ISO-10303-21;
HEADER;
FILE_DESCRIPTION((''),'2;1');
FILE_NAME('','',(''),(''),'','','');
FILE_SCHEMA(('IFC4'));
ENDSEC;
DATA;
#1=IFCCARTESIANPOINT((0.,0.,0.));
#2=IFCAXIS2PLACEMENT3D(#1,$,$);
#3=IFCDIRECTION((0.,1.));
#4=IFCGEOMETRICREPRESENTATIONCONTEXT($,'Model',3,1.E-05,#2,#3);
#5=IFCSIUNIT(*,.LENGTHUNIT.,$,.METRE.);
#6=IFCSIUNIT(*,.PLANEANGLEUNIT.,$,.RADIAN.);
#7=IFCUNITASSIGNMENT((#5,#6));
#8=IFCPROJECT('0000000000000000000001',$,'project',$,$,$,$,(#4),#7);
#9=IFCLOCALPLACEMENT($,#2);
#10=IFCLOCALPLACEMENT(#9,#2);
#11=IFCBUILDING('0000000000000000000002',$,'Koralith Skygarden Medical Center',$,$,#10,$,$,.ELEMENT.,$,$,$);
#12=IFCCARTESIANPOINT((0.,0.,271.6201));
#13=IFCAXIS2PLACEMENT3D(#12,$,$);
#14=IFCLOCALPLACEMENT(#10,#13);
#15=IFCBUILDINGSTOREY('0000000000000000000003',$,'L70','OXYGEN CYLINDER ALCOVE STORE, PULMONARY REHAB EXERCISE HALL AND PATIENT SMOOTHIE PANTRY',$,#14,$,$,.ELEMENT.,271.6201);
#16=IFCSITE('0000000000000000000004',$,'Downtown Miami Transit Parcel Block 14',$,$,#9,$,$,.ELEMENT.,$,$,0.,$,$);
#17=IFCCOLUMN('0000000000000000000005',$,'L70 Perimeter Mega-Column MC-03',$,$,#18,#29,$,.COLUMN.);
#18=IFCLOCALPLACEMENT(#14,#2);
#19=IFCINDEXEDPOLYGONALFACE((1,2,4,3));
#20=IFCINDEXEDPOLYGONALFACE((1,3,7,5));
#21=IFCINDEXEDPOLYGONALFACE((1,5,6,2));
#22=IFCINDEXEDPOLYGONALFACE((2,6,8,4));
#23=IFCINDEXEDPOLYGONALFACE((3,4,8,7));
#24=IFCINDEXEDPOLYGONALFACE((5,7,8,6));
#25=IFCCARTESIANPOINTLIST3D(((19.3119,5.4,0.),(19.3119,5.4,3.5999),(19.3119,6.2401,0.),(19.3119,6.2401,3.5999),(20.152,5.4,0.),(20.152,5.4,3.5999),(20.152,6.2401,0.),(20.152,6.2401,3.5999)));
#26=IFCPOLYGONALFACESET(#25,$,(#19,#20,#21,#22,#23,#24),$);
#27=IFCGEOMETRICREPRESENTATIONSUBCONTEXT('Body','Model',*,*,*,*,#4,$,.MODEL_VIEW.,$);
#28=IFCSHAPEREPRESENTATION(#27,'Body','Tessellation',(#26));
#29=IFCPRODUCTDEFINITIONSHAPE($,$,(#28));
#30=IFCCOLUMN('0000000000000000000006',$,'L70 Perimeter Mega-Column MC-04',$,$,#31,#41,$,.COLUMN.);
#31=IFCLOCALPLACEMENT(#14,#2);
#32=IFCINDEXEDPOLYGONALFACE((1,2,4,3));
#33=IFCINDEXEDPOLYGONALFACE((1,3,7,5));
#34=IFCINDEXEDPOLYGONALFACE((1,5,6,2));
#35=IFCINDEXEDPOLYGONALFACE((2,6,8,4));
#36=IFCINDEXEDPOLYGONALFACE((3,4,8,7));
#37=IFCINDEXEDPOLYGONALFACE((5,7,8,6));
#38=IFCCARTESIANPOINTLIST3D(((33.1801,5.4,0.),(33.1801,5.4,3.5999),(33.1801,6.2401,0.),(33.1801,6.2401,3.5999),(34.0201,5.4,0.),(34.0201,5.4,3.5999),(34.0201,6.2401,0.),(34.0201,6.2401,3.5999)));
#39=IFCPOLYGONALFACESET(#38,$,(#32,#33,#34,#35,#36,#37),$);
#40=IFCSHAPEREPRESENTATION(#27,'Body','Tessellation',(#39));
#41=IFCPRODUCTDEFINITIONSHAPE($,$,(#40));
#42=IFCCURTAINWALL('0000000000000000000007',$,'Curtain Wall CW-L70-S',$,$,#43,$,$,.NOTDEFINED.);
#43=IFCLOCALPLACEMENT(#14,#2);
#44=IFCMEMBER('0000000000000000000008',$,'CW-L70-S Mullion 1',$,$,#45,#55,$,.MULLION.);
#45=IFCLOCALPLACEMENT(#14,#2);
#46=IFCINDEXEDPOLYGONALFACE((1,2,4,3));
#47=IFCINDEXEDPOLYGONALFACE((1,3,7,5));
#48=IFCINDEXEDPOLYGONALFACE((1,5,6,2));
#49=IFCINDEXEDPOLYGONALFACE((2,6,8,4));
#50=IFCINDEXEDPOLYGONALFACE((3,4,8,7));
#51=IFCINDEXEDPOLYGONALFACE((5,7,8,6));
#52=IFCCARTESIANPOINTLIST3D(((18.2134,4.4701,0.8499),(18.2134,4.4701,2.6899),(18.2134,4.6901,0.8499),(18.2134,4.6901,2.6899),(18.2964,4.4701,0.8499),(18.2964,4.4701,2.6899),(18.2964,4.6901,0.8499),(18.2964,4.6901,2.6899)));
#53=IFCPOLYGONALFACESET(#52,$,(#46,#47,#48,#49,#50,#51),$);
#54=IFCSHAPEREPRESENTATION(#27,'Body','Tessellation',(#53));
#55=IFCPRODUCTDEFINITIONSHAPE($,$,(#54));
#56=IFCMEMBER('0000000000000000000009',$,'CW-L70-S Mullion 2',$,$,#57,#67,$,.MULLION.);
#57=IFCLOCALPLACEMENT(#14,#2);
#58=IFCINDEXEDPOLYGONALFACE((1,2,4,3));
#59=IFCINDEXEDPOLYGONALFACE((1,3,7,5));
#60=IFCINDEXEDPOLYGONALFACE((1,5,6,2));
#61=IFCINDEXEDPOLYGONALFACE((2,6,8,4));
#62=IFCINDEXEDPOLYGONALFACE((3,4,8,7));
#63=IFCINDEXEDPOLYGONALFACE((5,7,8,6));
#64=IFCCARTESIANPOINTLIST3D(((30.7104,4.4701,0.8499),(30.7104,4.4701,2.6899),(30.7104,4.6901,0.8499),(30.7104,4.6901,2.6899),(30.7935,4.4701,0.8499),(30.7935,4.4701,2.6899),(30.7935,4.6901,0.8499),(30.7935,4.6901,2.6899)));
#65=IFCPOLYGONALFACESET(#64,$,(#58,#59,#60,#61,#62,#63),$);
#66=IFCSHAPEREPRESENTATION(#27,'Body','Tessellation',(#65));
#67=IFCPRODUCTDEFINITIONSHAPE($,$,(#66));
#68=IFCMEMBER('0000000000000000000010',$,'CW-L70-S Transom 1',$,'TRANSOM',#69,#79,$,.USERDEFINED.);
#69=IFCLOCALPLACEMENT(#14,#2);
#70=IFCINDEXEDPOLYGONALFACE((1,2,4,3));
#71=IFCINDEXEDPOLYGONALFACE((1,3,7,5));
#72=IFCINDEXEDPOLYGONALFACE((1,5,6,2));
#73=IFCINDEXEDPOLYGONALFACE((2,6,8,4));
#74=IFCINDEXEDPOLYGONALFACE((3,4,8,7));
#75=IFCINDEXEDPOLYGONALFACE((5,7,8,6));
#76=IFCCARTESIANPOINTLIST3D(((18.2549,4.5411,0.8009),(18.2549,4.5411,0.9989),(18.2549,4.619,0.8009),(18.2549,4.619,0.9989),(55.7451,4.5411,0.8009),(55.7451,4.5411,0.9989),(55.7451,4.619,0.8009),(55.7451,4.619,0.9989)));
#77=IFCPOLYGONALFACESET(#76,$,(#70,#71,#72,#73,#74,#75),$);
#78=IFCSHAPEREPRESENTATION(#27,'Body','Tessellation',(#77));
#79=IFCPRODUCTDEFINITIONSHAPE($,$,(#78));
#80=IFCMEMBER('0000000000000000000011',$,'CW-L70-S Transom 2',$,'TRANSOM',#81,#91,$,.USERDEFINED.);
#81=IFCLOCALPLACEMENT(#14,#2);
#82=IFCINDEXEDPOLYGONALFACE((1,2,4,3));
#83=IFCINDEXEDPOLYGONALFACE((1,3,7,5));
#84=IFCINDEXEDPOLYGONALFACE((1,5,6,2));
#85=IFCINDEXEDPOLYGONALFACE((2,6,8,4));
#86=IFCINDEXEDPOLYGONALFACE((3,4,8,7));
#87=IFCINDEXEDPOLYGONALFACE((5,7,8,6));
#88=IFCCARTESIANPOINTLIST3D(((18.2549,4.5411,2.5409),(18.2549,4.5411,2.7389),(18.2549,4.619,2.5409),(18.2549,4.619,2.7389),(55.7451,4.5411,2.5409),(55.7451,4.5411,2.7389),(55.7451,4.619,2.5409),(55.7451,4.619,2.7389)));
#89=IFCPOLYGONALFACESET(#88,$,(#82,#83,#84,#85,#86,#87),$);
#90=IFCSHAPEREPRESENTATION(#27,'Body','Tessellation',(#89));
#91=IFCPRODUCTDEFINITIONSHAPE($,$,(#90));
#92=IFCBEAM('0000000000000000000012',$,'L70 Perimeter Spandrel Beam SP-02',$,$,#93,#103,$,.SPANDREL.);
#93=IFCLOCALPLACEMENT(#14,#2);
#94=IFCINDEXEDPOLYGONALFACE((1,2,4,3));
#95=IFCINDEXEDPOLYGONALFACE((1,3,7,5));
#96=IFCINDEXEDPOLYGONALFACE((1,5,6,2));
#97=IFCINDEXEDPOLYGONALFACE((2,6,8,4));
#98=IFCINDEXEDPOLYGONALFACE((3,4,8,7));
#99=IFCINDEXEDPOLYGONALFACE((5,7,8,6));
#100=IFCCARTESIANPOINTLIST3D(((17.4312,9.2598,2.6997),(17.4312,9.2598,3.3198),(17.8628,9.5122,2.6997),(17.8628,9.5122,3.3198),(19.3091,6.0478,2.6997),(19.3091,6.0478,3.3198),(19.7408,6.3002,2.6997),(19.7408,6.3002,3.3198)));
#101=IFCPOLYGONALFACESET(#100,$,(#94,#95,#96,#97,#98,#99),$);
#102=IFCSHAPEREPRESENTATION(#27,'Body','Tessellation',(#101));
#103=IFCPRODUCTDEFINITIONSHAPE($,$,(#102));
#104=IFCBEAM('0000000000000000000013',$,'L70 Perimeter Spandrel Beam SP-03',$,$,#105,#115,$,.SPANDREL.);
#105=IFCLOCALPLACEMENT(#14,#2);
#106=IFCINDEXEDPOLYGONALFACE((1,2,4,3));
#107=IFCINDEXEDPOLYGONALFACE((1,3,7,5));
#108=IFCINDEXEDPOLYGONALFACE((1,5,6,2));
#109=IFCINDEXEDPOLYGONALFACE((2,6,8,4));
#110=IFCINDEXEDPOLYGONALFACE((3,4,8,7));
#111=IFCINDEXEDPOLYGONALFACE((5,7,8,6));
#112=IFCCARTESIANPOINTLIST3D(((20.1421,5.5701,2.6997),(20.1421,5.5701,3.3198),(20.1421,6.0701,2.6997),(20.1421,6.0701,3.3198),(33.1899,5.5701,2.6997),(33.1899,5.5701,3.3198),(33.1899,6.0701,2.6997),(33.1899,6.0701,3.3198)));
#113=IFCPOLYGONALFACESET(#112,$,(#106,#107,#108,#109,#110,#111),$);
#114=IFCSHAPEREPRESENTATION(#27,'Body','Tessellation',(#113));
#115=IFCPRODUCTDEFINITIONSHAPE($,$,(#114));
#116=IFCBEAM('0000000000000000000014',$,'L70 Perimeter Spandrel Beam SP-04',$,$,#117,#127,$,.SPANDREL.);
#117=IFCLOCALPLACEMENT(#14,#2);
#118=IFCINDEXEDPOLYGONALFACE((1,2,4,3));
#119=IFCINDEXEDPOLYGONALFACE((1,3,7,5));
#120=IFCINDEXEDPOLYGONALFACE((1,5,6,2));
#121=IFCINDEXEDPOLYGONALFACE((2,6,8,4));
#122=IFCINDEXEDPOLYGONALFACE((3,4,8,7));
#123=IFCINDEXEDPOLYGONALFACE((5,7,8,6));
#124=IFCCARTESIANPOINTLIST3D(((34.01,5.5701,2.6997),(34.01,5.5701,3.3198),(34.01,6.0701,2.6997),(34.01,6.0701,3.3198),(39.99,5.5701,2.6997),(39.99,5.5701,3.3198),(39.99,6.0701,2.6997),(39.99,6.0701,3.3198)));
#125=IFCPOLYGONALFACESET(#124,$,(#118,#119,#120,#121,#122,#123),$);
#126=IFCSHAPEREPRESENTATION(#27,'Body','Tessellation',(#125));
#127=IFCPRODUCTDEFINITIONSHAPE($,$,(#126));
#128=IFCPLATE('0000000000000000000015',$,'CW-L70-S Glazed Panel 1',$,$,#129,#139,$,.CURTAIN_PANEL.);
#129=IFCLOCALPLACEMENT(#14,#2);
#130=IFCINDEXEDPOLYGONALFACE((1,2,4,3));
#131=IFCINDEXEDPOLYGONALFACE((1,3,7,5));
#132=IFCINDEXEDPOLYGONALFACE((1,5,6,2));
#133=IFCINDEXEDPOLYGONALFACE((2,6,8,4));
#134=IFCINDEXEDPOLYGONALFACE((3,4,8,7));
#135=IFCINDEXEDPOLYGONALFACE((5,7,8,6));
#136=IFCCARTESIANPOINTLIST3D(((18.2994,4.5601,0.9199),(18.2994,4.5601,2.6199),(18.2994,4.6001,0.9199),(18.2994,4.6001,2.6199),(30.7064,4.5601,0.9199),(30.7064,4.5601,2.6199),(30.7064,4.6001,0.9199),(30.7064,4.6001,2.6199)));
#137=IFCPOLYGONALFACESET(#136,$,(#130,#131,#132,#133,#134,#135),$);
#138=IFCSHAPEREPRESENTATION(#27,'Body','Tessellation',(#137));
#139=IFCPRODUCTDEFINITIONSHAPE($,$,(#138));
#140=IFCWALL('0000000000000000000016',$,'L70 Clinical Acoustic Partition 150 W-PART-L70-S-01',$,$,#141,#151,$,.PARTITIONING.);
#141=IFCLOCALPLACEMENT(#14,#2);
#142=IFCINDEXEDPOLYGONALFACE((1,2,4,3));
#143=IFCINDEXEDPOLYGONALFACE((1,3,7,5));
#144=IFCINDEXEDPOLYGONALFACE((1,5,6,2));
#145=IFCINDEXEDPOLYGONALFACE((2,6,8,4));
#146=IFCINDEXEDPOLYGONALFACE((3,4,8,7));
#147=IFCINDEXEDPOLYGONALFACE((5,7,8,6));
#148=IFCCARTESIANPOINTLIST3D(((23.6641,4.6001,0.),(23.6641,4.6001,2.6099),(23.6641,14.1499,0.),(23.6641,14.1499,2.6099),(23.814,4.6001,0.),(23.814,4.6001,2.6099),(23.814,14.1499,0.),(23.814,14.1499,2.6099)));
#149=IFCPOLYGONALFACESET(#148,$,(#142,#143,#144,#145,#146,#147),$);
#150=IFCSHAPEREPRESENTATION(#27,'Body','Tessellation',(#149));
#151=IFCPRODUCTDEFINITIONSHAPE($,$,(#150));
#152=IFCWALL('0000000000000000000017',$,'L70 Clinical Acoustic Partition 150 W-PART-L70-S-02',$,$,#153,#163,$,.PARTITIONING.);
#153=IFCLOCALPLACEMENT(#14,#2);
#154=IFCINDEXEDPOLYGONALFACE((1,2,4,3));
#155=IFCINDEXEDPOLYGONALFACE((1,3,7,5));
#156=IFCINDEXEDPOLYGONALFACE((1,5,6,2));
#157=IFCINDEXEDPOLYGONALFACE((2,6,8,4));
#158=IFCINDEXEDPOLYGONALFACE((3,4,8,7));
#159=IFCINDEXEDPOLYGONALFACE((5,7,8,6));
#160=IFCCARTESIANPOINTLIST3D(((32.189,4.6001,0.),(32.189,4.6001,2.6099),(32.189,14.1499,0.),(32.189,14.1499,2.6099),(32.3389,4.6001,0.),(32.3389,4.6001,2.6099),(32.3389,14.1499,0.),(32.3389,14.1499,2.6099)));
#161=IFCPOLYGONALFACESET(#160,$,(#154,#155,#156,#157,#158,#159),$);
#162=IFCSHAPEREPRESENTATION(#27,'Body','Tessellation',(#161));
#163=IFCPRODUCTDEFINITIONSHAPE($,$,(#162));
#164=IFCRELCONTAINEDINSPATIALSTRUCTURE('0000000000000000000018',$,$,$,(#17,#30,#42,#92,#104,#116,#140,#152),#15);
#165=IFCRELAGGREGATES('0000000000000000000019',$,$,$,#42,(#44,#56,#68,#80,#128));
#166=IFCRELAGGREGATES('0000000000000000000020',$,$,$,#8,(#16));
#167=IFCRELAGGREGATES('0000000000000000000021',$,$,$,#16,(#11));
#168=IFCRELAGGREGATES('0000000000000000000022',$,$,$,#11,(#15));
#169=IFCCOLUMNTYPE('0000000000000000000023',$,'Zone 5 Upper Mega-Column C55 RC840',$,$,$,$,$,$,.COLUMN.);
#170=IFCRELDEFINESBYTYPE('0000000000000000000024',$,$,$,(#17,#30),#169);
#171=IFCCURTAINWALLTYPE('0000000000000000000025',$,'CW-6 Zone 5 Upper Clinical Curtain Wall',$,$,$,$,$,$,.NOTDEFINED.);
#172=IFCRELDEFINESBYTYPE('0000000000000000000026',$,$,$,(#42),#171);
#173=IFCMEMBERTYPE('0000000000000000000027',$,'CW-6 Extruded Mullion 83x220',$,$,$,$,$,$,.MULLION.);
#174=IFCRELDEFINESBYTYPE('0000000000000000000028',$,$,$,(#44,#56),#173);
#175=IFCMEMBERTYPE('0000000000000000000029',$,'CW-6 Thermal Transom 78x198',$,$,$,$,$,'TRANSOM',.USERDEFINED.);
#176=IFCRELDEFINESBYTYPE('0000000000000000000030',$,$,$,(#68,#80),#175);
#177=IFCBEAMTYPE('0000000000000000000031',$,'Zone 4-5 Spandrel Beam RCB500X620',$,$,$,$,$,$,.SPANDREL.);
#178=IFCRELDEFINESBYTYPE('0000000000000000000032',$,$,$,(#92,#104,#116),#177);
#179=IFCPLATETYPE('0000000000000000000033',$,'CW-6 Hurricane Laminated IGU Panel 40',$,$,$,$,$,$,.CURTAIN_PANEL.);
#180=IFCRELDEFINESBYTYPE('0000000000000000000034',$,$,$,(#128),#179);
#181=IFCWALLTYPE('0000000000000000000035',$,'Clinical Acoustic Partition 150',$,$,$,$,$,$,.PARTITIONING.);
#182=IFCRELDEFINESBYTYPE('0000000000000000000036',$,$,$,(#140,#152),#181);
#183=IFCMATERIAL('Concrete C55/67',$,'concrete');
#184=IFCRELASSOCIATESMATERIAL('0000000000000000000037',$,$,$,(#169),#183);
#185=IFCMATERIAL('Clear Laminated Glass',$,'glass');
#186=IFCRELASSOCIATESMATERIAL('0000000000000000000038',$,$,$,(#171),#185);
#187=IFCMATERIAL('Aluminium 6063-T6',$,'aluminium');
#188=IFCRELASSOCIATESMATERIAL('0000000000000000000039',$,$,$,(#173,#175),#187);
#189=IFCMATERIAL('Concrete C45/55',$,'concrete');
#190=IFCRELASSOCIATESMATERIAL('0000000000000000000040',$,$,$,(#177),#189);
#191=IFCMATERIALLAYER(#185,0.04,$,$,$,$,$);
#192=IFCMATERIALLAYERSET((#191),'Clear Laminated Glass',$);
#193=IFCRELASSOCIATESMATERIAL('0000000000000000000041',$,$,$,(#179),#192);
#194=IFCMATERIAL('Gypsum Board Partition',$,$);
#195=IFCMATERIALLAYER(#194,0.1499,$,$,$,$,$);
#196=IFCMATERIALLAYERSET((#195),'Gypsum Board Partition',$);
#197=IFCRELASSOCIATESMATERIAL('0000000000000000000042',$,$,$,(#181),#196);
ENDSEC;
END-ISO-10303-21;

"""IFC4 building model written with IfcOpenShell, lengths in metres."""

from ifc_helpers import new_model, si_unit, direction, frame, frame_2d, origin, origin_2d, place, context, subcontext, project, spatial, rectangle, extrude, material, layer, layer_set, material_profile, profile_set, type_object, element, aggregate, save


model = new_model("IFC4")

# Units and contexts
model_context = context("Model", 3, precision=1e-05, world=origin(), true_north=direction((0.0, 1.0)))
body_context = subcontext(model_context, "Body", "Model", "MODEL_VIEW")
ifc_project = project(units=[si_unit("LENGTHUNIT", "METRE"), si_unit("PLANEANGLEUNIT", "RADIAN")], contexts=[model_context])

# Site, building, storey
site_placement = place(None, origin())
site = spatial("IfcSite", under=ifc_project, at=site_placement, Name="Downtown Miami Transit Parcel Block 14", CompositionType="ELEMENT", RefElevation=0.0)
building_placement = place(site_placement, origin())
building = spatial("IfcBuilding", under=site, at=building_placement, Name="Koralith Skygarden Medical Center", CompositionType="ELEMENT")
storey_placement = place(building_placement, frame((0.0, 0.0, 271.6201)))
storey = spatial("IfcBuildingStorey", under=building, at=storey_placement, Name="L70", Description="OXYGEN CYLINDER ALCOVE STORE, PULMONARY REHAB EXERCISE HALL AND PATIENT SMOOTHIE PANTRY", CompositionType="ELEMENT", Elevation=271.6201)

# Columns
ifc_material_1 = material(Name="Concrete C55/67", Category="concrete")
ifc_material_profile_1 = material_profile(ifc_material_1, rectangle(XDim=0.8401, YDim=0.8401, at=origin_2d()), Name="RC840X840")
ifc_profile_set_1 = profile_set([ifc_material_profile_1], Name="Concrete C55/67")
column_type = type_object("IfcColumnType", Name="Zone 5 Upper Mega-Column C55 RC840", PredefinedType="COLUMN", material=ifc_profile_set_1)
for number, where, z_axis, x_axis, name in (
    (1, (19.7319, 5.8201, 0.0), (0.0, 0.0, 1.0), (1.0, 0.0, 0.0), "L70 Perimeter Mega-Column MC-03"),
    (2, (33.6001, 5.8201, 0.0), (0.0, 0.0, 1.0), (1.0, 0.0, 0.0), "L70 Perimeter Mega-Column MC-04"),
):
    element("IfcColumn", number, at=place(storey_placement, frame(where, z_axis=z_axis, x_axis=x_axis)), inside=storey, type_object=column_type, Name=name, PredefinedType="COLUMN", context=body_context, shape_type="SweptSolid", body=[
        extrude(rectangle(XDim=0.8401, YDim=0.8401, at=origin_2d()), origin(), (0.0, 0.0, 1.0), 3.5999),
    ])

# Curtain wall, members
ifc_material_2 = material(Name="Clear Laminated Glass", Category="glass")
curtain_wall_type = type_object("IfcCurtainWallType", Name="CW-6 Zone 5 Upper Clinical Curtain Wall", PredefinedType="NOTDEFINED", material=ifc_material_2)
curtain_wall_placement = place(storey_placement, origin())
curtain_wall = element("IfcCurtainWall", 3, at=curtain_wall_placement, inside=storey, type_object=curtain_wall_type, Name="Curtain Wall CW-L70-S", PredefinedType="NOTDEFINED")
ifc_material_3 = material(Name="Aluminium 6063-T6", Category="aluminium")
ifc_material_profile_2 = material_profile(ifc_material_3, rectangle(XDim=0.083, YDim=0.22, at=origin_2d()), Name="MUL83X220")
ifc_profile_set_2 = profile_set([ifc_material_profile_2], Name="Aluminium 6063-T6")
member_type_1 = type_object("IfcMemberType", Name="CW-6 Extruded Mullion 83x220", PredefinedType="MULLION", material=ifc_profile_set_2)
member_1_placement = place(storey_placement, frame((18.2549, 4.5801, 0.8499), z_axis=(0.0, 0.0, 1.0), x_axis=(1.0, 0.0, 0.0)))
member_1 = element("IfcMember", 4, at=member_1_placement, type_object=member_type_1, Name="CW-L70-S Mullion 1", PredefinedType="MULLION", context=body_context, shape_type="SweptSolid", body=[
    extrude(rectangle(XDim=0.083, YDim=0.22, at=origin_2d()), origin(), (0.0, 0.0, 1.0), 1.8401),
])
member_2_placement = place(storey_placement, frame((30.752, 4.5801, 0.8499), z_axis=(0.0, 0.0, 1.0), x_axis=(1.0, 0.0, 0.0)))
member_2 = element("IfcMember", 5, at=member_2_placement, type_object=member_type_1, Name="CW-L70-S Mullion 2", PredefinedType="MULLION", context=body_context, shape_type="SweptSolid", body=[
    extrude(rectangle(XDim=0.083, YDim=0.22, at=origin_2d()), origin(), (0.0, 0.0, 1.0), 1.8401),
])
ifc_material_profile_3 = material_profile(ifc_material_3, rectangle(XDim=0.0779, YDim=0.198, at=origin_2d()), Name="TRN78X198")
ifc_profile_set_3 = profile_set([ifc_material_profile_3], Name="Aluminium 6063-T6")
member_type_2 = type_object("IfcMemberType", Name="CW-6 Thermal Transom 78x198", ElementType="TRANSOM", PredefinedType="USERDEFINED", material=ifc_profile_set_3)
member_3_placement = place(storey_placement, frame((18.2549, 4.5801, 0.8999), z_axis=(1.0, 0.0, 0.0), x_axis=(0.0, 1.0, 0.0)))
member_3 = element("IfcMember", 6, at=member_3_placement, type_object=member_type_2, Name="CW-L70-S Transom 1", ObjectType="TRANSOM", PredefinedType="USERDEFINED", context=body_context, shape_type="SweptSolid", body=[
    extrude(rectangle(XDim=0.0779, YDim=0.198, at=origin_2d()), origin(), (0.0, 0.0, 1.0), 37.4902),
])
member_4_placement = place(storey_placement, frame((18.2549, 4.5801, 2.6399), z_axis=(1.0, 0.0, 0.0), x_axis=(0.0, 1.0, 0.0)))
member_4 = element("IfcMember", 7, at=member_4_placement, type_object=member_type_2, Name="CW-L70-S Transom 2", ObjectType="TRANSOM", PredefinedType="USERDEFINED", context=body_context, shape_type="SweptSolid", body=[
    extrude(rectangle(XDim=0.0779, YDim=0.198, at=origin_2d()), origin(), (0.0, 0.0, 1.0), 37.4902),
])

# Beams
ifc_material_4 = material(Name="Concrete C45/55", Category="concrete")
ifc_material_profile_4 = material_profile(ifc_material_4, rectangle(XDim=0.5, YDim=0.6201, at=origin_2d()), Name="RCB500X620")
ifc_profile_set_4 = profile_set([ifc_material_profile_4], Name="Concrete C45/55")
beam_type = type_object("IfcBeamType", Name="Zone 4-5 Spandrel Beam RCB500X620", PredefinedType="SPANDREL", material=ifc_profile_set_4)
beam_1_placement = place(storey_placement, frame((17.647, 9.386, 3.0098), z_axis=(0.504736, -0.863274, 0.0), x_axis=(0.863274, 0.504736, 0.0)))
element("IfcBeam", 8, at=beam_1_placement, inside=storey, type_object=beam_type, Name="L70 Perimeter Spandrel Beam SP-02", PredefinedType="SPANDREL", context=body_context, shape_type="SweptSolid", body=[
    extrude(rectangle(XDim=0.5, YDim=0.6201, at=origin_2d()), origin(), (0.0, 0.0, 1.0), 3.7207),
])
beam_2_placement = place(storey_placement, frame((20.1421, 5.8201, 3.0098), z_axis=(1.0, 0.0, 0.0), x_axis=(0.0, 1.0, 0.0)))
element("IfcBeam", 9, at=beam_2_placement, inside=storey, type_object=beam_type, Name="L70 Perimeter Spandrel Beam SP-03", PredefinedType="SPANDREL", context=body_context, shape_type="SweptSolid", body=[
    extrude(rectangle(XDim=0.5, YDim=0.6201, at=origin_2d()), origin(), (0.0, 0.0, 1.0), 13.0479),
])
beam_3_placement = place(storey_placement, frame((34.01, 5.8201, 3.0098), z_axis=(1.0, 0.0, 0.0), x_axis=(0.0, 1.0, 0.0)))
element("IfcBeam", 10, at=beam_3_placement, inside=storey, type_object=beam_type, Name="L70 Perimeter Spandrel Beam SP-04", PredefinedType="SPANDREL", context=body_context, shape_type="SweptSolid", body=[
    extrude(rectangle(XDim=0.5, YDim=0.6201, at=origin_2d()), origin(), (0.0, 0.0, 1.0), 5.98),
])

# Plate
ifc_layer_1 = layer(ifc_material_2, 0.04)
ifc_layer_set_1 = layer_set([ifc_layer_1], Name="Clear Laminated Glass")
plate_type = type_object("IfcPlateType", Name="CW-6 Hurricane Laminated IGU Panel 40", PredefinedType="CURTAIN_PANEL", material=ifc_layer_set_1)
plate_placement = place(storey_placement, frame((24.5029, 4.5801, 0.9199), z_axis=(0.0, 0.0, 1.0), x_axis=(1.0, 0.0, 0.0)))
plate = element("IfcPlate", 11, at=plate_placement, type_object=plate_type, Name="CW-L70-S Glazed Panel 1", PredefinedType="CURTAIN_PANEL", context=body_context, shape_type="SweptSolid", body=[
    extrude(rectangle(XDim=12.407, YDim=0.04, at=origin_2d()), origin(), (0.0, 0.0, 1.0), 1.7),
])
aggregate(curtain_wall, [member_1, member_2, member_3, member_4, plate])

# Walls
ifc_material_5 = material(Name="Gypsum Board Partition")
ifc_layer_2 = layer(ifc_material_5, 0.1499)
ifc_layer_set_2 = layer_set([ifc_layer_2], Name="Gypsum Board Partition")
wall_type_1 = type_object("IfcWallType", Name="Clinical Acoustic Partition 150", PredefinedType="PARTITIONING", material=ifc_layer_set_2)
for number, where, z_axis, x_axis, name in (
    (12, (23.739, 14.1499, 0.0), (0.0, 0.0, 1.0), (0.0, -1.0, 0.0), "L70 Clinical Acoustic Partition 150 W-PART-L70-S-01"),
    (13, (32.2639, 14.1499, 0.0), (0.0, 0.0, 1.0), (0.0, -1.0, 0.0), "L70 Clinical Acoustic Partition 150 W-PART-L70-S-02"),
):
    element("IfcWall", number, at=place(storey_placement, frame(where, z_axis=z_axis, x_axis=x_axis)), inside=storey, type_object=wall_type_1, Name=name, PredefinedType="PARTITIONING", context=body_context, shape_type="SweptSolid", body=[
        extrude(rectangle(XDim=9.5498, YDim=0.1499, at=frame_2d((4.7749, 0.0))), origin(), (0.0, 0.0, 1.0), 2.6099),
    ])

save(model, "model.ifc")
